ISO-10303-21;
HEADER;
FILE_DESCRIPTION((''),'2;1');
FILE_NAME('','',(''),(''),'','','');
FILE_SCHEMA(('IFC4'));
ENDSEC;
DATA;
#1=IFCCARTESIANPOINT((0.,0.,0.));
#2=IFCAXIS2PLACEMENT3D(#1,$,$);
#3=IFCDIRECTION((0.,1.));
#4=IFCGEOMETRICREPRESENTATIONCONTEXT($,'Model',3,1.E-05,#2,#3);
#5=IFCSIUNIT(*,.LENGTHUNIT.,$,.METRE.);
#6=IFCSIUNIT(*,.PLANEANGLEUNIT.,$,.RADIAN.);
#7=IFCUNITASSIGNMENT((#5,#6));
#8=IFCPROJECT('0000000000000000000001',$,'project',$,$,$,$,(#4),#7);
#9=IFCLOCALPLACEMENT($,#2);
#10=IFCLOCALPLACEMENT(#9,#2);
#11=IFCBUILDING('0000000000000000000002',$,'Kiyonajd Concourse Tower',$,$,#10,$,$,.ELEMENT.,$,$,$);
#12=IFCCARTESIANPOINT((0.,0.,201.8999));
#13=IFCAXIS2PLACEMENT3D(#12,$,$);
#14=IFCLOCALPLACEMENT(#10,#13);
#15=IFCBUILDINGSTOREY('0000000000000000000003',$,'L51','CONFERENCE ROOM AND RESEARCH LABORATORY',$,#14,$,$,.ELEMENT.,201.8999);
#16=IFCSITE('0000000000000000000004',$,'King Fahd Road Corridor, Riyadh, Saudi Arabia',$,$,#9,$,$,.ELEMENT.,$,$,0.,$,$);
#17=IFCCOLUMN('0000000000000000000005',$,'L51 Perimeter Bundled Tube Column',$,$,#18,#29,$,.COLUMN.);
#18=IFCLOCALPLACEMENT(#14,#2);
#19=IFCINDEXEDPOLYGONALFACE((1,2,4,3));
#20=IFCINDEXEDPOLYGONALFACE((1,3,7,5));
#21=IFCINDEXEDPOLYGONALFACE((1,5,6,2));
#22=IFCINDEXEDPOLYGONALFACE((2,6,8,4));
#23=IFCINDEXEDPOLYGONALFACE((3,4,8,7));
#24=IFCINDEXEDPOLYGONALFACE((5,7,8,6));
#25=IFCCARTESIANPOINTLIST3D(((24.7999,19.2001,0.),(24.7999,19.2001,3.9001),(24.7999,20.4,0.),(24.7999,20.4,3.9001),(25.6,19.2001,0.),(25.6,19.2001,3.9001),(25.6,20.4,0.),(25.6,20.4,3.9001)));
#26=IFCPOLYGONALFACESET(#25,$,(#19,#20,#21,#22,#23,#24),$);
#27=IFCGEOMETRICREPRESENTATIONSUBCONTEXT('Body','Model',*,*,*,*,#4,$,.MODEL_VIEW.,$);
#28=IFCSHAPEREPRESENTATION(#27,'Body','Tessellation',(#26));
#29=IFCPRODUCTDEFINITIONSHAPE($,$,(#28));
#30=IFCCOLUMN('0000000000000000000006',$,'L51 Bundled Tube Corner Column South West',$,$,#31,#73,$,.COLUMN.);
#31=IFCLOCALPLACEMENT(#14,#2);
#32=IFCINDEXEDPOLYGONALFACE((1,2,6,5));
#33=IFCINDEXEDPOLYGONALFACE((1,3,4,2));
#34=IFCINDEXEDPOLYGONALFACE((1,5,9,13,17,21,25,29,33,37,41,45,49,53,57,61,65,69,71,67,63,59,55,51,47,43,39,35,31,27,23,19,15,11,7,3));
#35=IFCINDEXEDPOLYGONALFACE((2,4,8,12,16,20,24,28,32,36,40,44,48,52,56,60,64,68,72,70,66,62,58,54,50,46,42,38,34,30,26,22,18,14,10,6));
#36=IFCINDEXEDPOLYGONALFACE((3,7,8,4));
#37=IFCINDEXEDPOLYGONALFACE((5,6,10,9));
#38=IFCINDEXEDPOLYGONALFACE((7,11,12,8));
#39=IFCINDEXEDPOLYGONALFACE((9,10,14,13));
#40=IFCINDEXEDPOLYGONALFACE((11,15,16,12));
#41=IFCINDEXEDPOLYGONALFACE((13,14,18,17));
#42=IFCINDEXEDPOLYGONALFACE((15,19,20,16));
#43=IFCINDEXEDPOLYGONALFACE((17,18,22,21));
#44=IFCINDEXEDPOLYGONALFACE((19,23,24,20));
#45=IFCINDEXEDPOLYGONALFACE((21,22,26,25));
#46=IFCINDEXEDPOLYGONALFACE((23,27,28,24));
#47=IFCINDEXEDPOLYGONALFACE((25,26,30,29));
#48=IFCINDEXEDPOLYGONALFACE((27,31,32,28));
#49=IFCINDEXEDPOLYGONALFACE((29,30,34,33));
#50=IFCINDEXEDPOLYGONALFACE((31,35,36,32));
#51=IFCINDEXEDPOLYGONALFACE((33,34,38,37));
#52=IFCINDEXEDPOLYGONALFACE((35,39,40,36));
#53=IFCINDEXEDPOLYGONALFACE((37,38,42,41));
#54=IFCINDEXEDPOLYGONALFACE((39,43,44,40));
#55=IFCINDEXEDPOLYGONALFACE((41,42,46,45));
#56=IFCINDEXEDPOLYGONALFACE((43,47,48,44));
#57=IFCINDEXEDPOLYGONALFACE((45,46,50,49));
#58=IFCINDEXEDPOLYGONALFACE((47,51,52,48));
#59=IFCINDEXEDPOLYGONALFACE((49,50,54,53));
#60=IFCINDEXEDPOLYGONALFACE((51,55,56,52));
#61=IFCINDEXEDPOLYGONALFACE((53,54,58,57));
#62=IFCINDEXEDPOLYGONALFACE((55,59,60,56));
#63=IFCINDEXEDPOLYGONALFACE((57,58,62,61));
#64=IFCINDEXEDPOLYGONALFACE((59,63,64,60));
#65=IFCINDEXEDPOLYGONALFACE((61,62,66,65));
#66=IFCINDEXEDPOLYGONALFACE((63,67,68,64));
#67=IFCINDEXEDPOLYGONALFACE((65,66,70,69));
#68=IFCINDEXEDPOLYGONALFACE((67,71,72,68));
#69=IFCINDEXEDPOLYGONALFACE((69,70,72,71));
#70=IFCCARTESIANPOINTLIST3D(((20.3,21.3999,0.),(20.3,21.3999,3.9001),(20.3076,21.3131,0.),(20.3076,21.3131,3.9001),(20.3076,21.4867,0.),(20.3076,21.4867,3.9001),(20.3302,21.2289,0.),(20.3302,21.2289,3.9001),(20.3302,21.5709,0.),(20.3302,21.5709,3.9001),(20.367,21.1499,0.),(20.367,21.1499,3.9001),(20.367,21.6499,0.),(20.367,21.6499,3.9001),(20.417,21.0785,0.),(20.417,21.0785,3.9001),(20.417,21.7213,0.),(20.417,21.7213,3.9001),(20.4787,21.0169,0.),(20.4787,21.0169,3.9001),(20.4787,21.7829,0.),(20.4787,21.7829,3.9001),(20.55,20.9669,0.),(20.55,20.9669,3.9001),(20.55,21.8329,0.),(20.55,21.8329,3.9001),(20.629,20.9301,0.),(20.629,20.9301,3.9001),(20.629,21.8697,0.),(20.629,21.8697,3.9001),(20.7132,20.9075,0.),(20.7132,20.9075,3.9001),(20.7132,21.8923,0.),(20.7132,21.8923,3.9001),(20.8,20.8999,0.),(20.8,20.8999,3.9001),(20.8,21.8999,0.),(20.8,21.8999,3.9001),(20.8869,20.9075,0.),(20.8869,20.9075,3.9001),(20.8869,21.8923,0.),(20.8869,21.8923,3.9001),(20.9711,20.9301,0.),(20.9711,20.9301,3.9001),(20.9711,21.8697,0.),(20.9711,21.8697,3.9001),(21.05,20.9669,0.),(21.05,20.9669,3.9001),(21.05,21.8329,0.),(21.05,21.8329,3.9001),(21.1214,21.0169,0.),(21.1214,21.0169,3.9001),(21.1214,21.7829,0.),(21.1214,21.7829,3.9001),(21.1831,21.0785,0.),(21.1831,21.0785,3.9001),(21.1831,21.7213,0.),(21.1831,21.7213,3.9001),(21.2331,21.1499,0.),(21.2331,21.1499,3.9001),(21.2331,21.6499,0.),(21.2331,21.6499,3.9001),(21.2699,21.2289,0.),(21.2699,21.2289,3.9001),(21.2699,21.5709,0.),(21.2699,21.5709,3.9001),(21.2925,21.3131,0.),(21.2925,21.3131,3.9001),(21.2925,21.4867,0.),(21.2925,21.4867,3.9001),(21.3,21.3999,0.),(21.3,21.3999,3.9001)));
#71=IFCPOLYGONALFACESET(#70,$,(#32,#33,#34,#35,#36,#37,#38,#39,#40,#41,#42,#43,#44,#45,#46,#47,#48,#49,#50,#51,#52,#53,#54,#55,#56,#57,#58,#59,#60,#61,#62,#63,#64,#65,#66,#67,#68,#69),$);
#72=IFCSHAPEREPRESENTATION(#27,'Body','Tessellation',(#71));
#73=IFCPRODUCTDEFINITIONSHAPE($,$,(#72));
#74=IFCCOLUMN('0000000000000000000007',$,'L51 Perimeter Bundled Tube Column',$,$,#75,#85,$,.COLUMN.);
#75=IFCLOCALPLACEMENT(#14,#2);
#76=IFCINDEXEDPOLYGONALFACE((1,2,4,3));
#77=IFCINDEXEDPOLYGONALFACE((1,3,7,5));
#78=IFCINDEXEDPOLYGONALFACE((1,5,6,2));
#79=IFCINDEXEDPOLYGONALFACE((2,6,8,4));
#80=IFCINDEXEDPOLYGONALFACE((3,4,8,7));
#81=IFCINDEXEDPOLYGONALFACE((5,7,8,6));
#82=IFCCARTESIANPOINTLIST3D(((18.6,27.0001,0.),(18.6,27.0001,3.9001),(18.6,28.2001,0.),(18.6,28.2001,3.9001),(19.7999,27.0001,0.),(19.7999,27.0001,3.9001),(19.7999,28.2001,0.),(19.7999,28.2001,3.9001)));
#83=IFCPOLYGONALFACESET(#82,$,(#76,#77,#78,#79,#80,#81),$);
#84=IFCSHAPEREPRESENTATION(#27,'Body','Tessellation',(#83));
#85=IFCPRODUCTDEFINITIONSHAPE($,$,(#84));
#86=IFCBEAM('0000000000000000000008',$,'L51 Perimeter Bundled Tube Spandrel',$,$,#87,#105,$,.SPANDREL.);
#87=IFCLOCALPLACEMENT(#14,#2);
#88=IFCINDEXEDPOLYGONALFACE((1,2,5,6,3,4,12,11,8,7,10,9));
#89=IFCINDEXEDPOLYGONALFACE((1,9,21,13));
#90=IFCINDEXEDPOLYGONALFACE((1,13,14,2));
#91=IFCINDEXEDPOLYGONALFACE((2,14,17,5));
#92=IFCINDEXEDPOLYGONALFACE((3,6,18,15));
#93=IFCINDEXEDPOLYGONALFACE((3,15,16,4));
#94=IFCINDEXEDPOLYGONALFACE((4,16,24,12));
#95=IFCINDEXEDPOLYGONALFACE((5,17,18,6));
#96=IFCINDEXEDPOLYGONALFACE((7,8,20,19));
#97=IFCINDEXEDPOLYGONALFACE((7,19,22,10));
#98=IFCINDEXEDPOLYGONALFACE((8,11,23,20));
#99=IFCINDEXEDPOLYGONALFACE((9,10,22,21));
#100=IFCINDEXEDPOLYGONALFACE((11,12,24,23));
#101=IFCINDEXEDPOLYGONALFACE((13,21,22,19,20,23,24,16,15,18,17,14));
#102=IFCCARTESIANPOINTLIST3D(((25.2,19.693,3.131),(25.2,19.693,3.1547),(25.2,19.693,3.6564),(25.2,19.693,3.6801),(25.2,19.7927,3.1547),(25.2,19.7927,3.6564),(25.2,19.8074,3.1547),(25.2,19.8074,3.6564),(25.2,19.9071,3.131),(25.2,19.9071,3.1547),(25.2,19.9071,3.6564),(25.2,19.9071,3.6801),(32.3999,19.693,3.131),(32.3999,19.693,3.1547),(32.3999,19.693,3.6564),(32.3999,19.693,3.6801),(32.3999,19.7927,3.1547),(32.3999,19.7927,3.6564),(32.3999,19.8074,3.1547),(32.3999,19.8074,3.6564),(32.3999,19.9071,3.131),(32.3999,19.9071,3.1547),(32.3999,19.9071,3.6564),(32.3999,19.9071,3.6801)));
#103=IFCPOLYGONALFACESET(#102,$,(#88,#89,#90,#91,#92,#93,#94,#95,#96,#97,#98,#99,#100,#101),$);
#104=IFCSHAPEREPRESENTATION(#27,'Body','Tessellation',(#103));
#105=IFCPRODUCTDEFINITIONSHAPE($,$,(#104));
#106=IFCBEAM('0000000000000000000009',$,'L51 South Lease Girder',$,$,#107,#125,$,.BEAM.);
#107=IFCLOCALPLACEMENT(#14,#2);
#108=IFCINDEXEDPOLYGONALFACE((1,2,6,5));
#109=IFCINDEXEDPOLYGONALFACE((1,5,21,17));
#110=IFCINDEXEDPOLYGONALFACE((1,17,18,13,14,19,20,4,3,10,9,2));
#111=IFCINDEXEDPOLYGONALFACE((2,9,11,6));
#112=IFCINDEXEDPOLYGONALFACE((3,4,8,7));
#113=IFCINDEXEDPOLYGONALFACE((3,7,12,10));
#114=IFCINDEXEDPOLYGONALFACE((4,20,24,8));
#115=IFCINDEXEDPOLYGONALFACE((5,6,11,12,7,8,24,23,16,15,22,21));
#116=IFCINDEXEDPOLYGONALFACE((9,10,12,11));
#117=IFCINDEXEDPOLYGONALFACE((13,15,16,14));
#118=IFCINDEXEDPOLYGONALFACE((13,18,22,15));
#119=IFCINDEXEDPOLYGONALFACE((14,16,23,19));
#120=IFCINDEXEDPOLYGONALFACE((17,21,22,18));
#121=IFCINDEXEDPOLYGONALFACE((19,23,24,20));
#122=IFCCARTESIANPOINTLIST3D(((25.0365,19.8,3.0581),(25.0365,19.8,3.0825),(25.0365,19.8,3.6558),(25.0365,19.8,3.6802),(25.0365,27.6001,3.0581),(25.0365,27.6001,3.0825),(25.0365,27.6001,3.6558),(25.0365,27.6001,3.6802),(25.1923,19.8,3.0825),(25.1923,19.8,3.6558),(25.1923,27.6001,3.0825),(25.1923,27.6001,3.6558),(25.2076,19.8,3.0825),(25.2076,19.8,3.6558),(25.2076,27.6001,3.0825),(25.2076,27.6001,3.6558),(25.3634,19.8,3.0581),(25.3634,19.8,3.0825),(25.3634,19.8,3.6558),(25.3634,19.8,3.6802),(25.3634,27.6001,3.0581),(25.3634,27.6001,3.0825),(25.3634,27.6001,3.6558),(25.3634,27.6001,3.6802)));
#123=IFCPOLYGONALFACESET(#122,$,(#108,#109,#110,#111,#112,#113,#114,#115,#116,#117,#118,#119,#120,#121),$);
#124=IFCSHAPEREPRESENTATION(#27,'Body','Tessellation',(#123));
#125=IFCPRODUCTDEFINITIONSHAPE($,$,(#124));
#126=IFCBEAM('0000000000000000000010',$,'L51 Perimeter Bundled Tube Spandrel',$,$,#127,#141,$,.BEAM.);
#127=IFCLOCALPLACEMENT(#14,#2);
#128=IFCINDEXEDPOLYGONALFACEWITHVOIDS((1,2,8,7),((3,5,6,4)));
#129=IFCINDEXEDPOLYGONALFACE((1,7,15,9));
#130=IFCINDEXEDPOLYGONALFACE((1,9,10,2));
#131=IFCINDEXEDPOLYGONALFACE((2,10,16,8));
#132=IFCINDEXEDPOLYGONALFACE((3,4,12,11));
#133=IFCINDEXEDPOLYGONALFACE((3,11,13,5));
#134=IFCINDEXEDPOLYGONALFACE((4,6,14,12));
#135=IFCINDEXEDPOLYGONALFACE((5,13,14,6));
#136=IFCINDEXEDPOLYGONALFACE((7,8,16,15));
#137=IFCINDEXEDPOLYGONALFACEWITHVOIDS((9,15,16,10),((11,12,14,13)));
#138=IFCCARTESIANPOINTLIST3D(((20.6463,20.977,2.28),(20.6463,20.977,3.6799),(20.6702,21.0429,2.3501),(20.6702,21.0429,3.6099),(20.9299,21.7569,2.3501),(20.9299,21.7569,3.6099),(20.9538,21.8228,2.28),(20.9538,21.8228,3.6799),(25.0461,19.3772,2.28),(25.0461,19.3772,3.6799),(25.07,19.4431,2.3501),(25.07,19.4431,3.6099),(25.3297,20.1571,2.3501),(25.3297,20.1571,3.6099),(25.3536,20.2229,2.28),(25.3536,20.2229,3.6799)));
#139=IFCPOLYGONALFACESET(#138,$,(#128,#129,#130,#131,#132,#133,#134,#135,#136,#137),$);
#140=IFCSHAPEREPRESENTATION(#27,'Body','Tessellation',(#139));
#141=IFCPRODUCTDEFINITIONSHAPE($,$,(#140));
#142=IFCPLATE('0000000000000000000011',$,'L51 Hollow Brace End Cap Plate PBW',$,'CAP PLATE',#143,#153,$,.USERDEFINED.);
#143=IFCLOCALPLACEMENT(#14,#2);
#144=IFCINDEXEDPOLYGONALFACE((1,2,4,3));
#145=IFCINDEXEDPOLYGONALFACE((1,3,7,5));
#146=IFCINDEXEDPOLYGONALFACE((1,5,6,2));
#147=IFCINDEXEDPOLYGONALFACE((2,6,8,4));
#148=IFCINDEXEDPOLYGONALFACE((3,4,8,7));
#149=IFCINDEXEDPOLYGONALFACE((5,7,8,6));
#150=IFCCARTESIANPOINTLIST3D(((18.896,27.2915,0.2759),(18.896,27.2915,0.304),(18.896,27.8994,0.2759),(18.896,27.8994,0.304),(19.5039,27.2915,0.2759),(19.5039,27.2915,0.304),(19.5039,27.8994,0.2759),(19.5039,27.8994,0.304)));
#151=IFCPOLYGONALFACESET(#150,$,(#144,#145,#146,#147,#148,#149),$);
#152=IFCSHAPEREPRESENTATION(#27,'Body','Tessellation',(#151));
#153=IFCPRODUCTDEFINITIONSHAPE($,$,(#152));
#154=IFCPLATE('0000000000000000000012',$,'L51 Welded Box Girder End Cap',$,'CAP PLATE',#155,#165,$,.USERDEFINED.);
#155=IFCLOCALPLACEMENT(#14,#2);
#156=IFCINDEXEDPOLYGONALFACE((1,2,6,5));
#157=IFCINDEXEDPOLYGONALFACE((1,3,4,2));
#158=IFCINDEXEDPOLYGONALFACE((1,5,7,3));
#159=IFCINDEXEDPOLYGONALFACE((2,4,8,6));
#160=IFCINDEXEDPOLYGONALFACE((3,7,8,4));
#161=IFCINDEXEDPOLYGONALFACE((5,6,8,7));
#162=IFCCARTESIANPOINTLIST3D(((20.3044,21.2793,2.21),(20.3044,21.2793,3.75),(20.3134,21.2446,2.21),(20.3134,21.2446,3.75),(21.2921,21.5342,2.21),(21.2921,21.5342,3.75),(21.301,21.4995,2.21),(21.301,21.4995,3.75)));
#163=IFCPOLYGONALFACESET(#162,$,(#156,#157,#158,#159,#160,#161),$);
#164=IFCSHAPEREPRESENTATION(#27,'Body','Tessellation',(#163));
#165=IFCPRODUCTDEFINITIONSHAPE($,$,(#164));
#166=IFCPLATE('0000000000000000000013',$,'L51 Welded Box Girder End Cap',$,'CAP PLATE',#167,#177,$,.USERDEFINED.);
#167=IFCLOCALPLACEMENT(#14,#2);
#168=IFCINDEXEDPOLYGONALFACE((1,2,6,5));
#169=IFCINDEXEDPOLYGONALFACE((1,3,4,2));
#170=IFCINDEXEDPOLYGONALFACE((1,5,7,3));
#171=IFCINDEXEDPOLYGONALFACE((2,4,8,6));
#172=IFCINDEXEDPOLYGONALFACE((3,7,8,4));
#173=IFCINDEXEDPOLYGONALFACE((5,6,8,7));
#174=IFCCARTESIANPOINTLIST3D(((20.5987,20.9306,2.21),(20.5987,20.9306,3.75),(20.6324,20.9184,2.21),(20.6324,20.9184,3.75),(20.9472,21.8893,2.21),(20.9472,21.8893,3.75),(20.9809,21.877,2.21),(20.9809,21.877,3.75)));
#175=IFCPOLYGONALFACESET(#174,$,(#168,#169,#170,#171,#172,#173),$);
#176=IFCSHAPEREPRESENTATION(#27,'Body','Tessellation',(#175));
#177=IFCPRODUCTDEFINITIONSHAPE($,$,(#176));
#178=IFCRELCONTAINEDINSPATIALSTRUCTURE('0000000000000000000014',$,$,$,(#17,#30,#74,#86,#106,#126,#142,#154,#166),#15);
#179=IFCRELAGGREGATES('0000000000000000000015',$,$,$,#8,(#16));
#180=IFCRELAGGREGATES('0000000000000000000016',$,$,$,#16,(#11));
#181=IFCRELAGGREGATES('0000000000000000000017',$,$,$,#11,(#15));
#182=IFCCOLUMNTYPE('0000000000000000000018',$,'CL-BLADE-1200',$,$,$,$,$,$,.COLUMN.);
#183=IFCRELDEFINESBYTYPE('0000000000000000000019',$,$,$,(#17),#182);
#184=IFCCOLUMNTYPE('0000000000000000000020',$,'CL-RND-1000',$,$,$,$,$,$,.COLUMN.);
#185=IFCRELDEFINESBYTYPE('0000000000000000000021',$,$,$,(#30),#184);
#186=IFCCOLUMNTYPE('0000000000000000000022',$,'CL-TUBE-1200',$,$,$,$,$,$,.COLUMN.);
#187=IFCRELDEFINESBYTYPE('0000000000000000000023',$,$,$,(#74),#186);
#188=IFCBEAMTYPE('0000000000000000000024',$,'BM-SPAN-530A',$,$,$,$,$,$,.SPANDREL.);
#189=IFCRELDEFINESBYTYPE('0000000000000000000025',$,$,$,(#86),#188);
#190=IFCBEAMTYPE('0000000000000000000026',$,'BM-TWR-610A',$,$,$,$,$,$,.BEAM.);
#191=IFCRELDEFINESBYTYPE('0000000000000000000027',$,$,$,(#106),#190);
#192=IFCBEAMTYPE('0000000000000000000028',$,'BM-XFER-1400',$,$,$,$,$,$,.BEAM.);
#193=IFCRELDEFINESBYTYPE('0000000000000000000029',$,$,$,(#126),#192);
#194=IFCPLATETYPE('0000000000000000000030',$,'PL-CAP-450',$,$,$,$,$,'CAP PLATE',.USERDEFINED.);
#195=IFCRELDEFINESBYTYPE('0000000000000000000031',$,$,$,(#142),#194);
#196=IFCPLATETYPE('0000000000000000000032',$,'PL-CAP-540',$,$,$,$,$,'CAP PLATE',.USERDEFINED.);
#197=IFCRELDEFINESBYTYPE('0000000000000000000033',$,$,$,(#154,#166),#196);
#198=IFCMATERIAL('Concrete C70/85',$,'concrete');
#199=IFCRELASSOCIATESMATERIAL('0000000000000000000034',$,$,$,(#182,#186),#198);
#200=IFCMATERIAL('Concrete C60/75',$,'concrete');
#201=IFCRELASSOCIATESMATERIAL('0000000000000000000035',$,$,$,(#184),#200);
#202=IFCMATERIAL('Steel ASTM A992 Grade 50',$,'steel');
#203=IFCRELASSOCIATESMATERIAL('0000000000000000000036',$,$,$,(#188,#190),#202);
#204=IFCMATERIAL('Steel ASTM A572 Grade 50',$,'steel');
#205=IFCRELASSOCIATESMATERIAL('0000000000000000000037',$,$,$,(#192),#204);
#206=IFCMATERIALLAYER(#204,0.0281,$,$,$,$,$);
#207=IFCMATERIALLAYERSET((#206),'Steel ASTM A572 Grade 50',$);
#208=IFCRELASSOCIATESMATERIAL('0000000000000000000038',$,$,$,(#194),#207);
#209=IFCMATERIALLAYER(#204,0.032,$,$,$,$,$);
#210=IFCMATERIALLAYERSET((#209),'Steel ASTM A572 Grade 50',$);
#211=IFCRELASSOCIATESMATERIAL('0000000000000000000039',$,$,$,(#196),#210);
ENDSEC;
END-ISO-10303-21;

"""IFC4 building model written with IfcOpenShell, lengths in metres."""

from ifc_helpers import new_model, si_unit, direction, frame, origin, origin_2d, place, context, subcontext, project, spatial, rectangle, hollow_rectangle, circle, i_section, extrude, material, layer, layer_set, material_profile, profile_set, type_object, element, save


model = new_model("IFC4")

# Units and contexts
model_context = context("Model", 3, precision=1e-05, world=origin(), true_north=direction((0.0, 1.0)))
body_context = subcontext(model_context, "Body", "Model", "MODEL_VIEW")
ifc_project = project(units=[si_unit("LENGTHUNIT", "METRE"), si_unit("PLANEANGLEUNIT", "RADIAN")], contexts=[model_context])

# Site, building, storey
site_placement = place(None, origin())
site = spatial("IfcSite", under=ifc_project, at=site_placement, Name="King Fahd Road Corridor, Riyadh, Saudi Arabia", CompositionType="ELEMENT", RefElevation=0.0)
building_placement = place(site_placement, origin())
building = spatial("IfcBuilding", under=site, at=building_placement, Name="Kiyonajd Concourse Tower", CompositionType="ELEMENT")
storey_placement = place(building_placement, frame((0.0, 0.0, 201.8999)))
storey = spatial("IfcBuildingStorey", under=building, at=storey_placement, Name="L51", Description="CONFERENCE ROOM AND RESEARCH LABORATORY", CompositionType="ELEMENT", Elevation=201.8999)

# Columns
ifc_material_1 = material(Name="Concrete C70/85", Category="concrete")
ifc_material_profile_1 = material_profile(ifc_material_1, rectangle(XDim=0.8, YDim=1.2, at=origin_2d()), Name="RC-1200x800")
ifc_profile_set_1 = profile_set([ifc_material_profile_1], Name="Concrete C70/85")
column_type_1 = type_object("IfcColumnType", Name="CL-BLADE-1200", PredefinedType="COLUMN", material=ifc_profile_set_1)
column_1_placement = place(storey_placement, frame((25.2, 19.8, 0.0), z_axis=(0.0, 0.0, 1.0), x_axis=(1.0, 0.0, 0.0)))
element("IfcColumn", 1, at=column_1_placement, inside=storey, type_object=column_type_1, Name="L51 Perimeter Bundled Tube Column", PredefinedType="COLUMN", context=body_context, shape_type="SweptSolid", body=[
    extrude(rectangle(XDim=0.8, YDim=1.2, at=origin_2d()), origin(), (0.0, 0.0, 1.0), 3.9001),
])
ifc_material_2 = material(Name="Concrete C60/75", Category="concrete")
ifc_material_profile_2 = material_profile(ifc_material_2, circle(Radius=0.5, at=origin_2d()), Name="RCC-D1000")
ifc_profile_set_2 = profile_set([ifc_material_profile_2], Name="Concrete C60/75")
column_type_2 = type_object("IfcColumnType", Name="CL-RND-1000", PredefinedType="COLUMN", material=ifc_profile_set_2)
column_2_placement = place(storey_placement, frame((20.8, 21.3999, 0.0), z_axis=(0.0, 0.0, 1.0), x_axis=(1.0, 0.0, 0.0)))
element("IfcColumn", 2, at=column_2_placement, inside=storey, type_object=column_type_2, Name="L51 Bundled Tube Corner Column South West", PredefinedType="COLUMN", context=body_context, shape_type="SweptSolid", body=[
    extrude(circle(Radius=0.5, at=origin_2d()), origin(), (0.0, 0.0, 1.0), 3.9001),
])
ifc_material_profile_3 = material_profile(ifc_material_1, rectangle(XDim=1.2, YDim=1.2, at=origin_2d()), Name="RC-1200x1200")
ifc_profile_set_3 = profile_set([ifc_material_profile_3], Name="Concrete C70/85")
column_type_3 = type_object("IfcColumnType", Name="CL-TUBE-1200", PredefinedType="COLUMN", material=ifc_profile_set_3)
column_3_placement = place(storey_placement, frame((19.2, 27.6001, 0.0), z_axis=(0.0, 0.0, 1.0), x_axis=(1.0, 0.0, 0.0)))
element("IfcColumn", 3, at=column_3_placement, inside=storey, type_object=column_type_3, Name="L51 Perimeter Bundled Tube Column", PredefinedType="COLUMN", context=body_context, shape_type="SweptSolid", body=[
    extrude(rectangle(XDim=1.2, YDim=1.2, at=origin_2d()), origin(), (0.0, 0.0, 1.0), 3.9001),
])

# Beams
ifc_material_3 = material(Name="Steel ASTM A992 Grade 50", Category="steel")
ifc_material_profile_4 = material_profile(ifc_material_3, i_section(OverallWidth=0.2141, OverallDepth=0.5491, WebThickness=0.0146, FlangeThickness=0.0237, at=origin_2d()), Name="W530X138")
ifc_profile_set_4 = profile_set([ifc_material_profile_4], Name="Steel ASTM A992 Grade 50")
beam_type_1 = type_object("IfcBeamType", Name="BM-SPAN-530A", PredefinedType="SPANDREL", material=ifc_profile_set_4)
beam_1_placement = place(storey_placement, frame((25.2, 19.8, 3.4055), z_axis=(1.0, 0.0, 0.0), x_axis=(0.0, 1.0, 0.0)))
element("IfcBeam", 4, at=beam_1_placement, inside=storey, type_object=beam_type_1, Name="L51 Perimeter Bundled Tube Spandrel", PredefinedType="SPANDREL", context=body_context, shape_type="SweptSolid", body=[
    extrude(i_section(OverallWidth=0.2141, OverallDepth=0.5491, WebThickness=0.0146, FlangeThickness=0.0237, at=origin_2d()), origin(), (0.0, 0.0, 1.0), 7.2),
])
ifc_material_profile_5 = material_profile(ifc_material_3, i_section(OverallWidth=0.3269, OverallDepth=0.6221, WebThickness=0.0154, FlangeThickness=0.0244, at=origin_2d()), Name="W610X195")
ifc_profile_set_5 = profile_set([ifc_material_profile_5], Name="Steel ASTM A992 Grade 50")
beam_type_2 = type_object("IfcBeamType", Name="BM-TWR-610A", PredefinedType="BEAM", material=ifc_profile_set_5)
beam_2_placement = place(storey_placement, frame((25.2, 19.8, 3.3691), z_axis=(0.0, 1.0, 0.0), x_axis=(-1.0, 0.0, 0.0)))
element("IfcBeam", 5, at=beam_2_placement, inside=storey, type_object=beam_type_2, Name="L51 South Lease Girder", PredefinedType="BEAM", context=body_context, shape_type="SweptSolid", body=[
    extrude(i_section(OverallWidth=0.3269, OverallDepth=0.6221, WebThickness=0.0154, FlangeThickness=0.0244, at=origin_2d()), origin(), (0.0, 0.0, 1.0), 7.8),
])
ifc_material_4 = material(Name="Steel ASTM A572 Grade 50", Category="steel")
ifc_material_profile_6 = material_profile(ifc_material_4, hollow_rectangle(XDim=0.8999, YDim=1.3999, WallThickness=0.0701, at=origin_2d()), Name="BOX-1400x900x70")
ifc_profile_set_6 = profile_set([ifc_material_profile_6], Name="Steel ASTM A572 Grade 50")
beam_type_3 = type_object("IfcBeamType", Name="BM-XFER-1400", PredefinedType="BEAM", material=ifc_profile_set_6)
beam_3_placement = place(storey_placement, frame((20.8, 21.3999, 2.98), z_axis=(0.939801, -0.341722, 0.0), x_axis=(0.341722, 0.939801, 0.0)))
element("IfcBeam", 6, at=beam_3_placement, inside=storey, type_object=beam_type_3, Name="L51 Perimeter Bundled Tube Spandrel", PredefinedType="BEAM", context=body_context, shape_type="SweptSolid", body=[
    extrude(hollow_rectangle(XDim=0.8999, YDim=1.3999, WallThickness=0.0701, at=origin_2d()), origin(), (0.0, 0.0, 1.0), 4.6816),
])

# Plates
ifc_layer_1 = layer(ifc_material_4, 0.0281)
ifc_layer_set_1 = layer_set([ifc_layer_1], Name="Steel ASTM A572 Grade 50")
plate_type_1 = type_object("IfcPlateType", Name="PL-CAP-450", ElementType="CAP PLATE", PredefinedType="USERDEFINED", material=ifc_layer_set_1)
plate_placement = place(storey_placement, frame((19.2, 27.5955, 0.2759), z_axis=(0.0, 0.0, 1.0), x_axis=(1.0, 0.0, 0.0)))
element("IfcPlate", 7, at=plate_placement, inside=storey, type_object=plate_type_1, Name="L51 Hollow Brace End Cap Plate PBW", ObjectType="CAP PLATE", PredefinedType="USERDEFINED", context=body_context, shape_type="SweptSolid", body=[
    extrude(rectangle(XDim=0.6079, YDim=0.6079, at=origin_2d()), origin(), (0.0, 0.0, 1.0), 0.0281),
])
ifc_layer_2 = layer(ifc_material_4, 0.032)
ifc_layer_set_2 = layer_set([ifc_layer_2], Name="Steel ASTM A572 Grade 50")
plate_type_2 = type_object("IfcPlateType", Name="PL-CAP-540", ElementType="CAP PLATE", PredefinedType="USERDEFINED", material=ifc_layer_set_2)
for number, where, z_axis, x_axis, name in (
    (8, (20.8027, 21.3894, 2.21), (0.0, 0.0, 1.0), (0.249873, -0.968279, 0.0), "L51 Welded Box Girder End Cap"),
    (9, (20.7898, 21.4038, 2.21), (0.0, 0.0, 1.0), (-0.939812, 0.341692, 0.0), "L51 Welded Box Girder End Cap"),
):
    element("IfcPlate", number, at=place(storey_placement, frame(where, z_axis=z_axis, x_axis=x_axis)), inside=storey, type_object=plate_type_2, Name=name, ObjectType="CAP PLATE", PredefinedType="USERDEFINED", context=body_context, shape_type="SweptSolid", body=[
        extrude(rectangle(XDim=0.0359, YDim=1.02, at=origin_2d()), origin(), (0.0, 0.0, 1.0), 1.54),
    ])

save(model, "model.ifc")
